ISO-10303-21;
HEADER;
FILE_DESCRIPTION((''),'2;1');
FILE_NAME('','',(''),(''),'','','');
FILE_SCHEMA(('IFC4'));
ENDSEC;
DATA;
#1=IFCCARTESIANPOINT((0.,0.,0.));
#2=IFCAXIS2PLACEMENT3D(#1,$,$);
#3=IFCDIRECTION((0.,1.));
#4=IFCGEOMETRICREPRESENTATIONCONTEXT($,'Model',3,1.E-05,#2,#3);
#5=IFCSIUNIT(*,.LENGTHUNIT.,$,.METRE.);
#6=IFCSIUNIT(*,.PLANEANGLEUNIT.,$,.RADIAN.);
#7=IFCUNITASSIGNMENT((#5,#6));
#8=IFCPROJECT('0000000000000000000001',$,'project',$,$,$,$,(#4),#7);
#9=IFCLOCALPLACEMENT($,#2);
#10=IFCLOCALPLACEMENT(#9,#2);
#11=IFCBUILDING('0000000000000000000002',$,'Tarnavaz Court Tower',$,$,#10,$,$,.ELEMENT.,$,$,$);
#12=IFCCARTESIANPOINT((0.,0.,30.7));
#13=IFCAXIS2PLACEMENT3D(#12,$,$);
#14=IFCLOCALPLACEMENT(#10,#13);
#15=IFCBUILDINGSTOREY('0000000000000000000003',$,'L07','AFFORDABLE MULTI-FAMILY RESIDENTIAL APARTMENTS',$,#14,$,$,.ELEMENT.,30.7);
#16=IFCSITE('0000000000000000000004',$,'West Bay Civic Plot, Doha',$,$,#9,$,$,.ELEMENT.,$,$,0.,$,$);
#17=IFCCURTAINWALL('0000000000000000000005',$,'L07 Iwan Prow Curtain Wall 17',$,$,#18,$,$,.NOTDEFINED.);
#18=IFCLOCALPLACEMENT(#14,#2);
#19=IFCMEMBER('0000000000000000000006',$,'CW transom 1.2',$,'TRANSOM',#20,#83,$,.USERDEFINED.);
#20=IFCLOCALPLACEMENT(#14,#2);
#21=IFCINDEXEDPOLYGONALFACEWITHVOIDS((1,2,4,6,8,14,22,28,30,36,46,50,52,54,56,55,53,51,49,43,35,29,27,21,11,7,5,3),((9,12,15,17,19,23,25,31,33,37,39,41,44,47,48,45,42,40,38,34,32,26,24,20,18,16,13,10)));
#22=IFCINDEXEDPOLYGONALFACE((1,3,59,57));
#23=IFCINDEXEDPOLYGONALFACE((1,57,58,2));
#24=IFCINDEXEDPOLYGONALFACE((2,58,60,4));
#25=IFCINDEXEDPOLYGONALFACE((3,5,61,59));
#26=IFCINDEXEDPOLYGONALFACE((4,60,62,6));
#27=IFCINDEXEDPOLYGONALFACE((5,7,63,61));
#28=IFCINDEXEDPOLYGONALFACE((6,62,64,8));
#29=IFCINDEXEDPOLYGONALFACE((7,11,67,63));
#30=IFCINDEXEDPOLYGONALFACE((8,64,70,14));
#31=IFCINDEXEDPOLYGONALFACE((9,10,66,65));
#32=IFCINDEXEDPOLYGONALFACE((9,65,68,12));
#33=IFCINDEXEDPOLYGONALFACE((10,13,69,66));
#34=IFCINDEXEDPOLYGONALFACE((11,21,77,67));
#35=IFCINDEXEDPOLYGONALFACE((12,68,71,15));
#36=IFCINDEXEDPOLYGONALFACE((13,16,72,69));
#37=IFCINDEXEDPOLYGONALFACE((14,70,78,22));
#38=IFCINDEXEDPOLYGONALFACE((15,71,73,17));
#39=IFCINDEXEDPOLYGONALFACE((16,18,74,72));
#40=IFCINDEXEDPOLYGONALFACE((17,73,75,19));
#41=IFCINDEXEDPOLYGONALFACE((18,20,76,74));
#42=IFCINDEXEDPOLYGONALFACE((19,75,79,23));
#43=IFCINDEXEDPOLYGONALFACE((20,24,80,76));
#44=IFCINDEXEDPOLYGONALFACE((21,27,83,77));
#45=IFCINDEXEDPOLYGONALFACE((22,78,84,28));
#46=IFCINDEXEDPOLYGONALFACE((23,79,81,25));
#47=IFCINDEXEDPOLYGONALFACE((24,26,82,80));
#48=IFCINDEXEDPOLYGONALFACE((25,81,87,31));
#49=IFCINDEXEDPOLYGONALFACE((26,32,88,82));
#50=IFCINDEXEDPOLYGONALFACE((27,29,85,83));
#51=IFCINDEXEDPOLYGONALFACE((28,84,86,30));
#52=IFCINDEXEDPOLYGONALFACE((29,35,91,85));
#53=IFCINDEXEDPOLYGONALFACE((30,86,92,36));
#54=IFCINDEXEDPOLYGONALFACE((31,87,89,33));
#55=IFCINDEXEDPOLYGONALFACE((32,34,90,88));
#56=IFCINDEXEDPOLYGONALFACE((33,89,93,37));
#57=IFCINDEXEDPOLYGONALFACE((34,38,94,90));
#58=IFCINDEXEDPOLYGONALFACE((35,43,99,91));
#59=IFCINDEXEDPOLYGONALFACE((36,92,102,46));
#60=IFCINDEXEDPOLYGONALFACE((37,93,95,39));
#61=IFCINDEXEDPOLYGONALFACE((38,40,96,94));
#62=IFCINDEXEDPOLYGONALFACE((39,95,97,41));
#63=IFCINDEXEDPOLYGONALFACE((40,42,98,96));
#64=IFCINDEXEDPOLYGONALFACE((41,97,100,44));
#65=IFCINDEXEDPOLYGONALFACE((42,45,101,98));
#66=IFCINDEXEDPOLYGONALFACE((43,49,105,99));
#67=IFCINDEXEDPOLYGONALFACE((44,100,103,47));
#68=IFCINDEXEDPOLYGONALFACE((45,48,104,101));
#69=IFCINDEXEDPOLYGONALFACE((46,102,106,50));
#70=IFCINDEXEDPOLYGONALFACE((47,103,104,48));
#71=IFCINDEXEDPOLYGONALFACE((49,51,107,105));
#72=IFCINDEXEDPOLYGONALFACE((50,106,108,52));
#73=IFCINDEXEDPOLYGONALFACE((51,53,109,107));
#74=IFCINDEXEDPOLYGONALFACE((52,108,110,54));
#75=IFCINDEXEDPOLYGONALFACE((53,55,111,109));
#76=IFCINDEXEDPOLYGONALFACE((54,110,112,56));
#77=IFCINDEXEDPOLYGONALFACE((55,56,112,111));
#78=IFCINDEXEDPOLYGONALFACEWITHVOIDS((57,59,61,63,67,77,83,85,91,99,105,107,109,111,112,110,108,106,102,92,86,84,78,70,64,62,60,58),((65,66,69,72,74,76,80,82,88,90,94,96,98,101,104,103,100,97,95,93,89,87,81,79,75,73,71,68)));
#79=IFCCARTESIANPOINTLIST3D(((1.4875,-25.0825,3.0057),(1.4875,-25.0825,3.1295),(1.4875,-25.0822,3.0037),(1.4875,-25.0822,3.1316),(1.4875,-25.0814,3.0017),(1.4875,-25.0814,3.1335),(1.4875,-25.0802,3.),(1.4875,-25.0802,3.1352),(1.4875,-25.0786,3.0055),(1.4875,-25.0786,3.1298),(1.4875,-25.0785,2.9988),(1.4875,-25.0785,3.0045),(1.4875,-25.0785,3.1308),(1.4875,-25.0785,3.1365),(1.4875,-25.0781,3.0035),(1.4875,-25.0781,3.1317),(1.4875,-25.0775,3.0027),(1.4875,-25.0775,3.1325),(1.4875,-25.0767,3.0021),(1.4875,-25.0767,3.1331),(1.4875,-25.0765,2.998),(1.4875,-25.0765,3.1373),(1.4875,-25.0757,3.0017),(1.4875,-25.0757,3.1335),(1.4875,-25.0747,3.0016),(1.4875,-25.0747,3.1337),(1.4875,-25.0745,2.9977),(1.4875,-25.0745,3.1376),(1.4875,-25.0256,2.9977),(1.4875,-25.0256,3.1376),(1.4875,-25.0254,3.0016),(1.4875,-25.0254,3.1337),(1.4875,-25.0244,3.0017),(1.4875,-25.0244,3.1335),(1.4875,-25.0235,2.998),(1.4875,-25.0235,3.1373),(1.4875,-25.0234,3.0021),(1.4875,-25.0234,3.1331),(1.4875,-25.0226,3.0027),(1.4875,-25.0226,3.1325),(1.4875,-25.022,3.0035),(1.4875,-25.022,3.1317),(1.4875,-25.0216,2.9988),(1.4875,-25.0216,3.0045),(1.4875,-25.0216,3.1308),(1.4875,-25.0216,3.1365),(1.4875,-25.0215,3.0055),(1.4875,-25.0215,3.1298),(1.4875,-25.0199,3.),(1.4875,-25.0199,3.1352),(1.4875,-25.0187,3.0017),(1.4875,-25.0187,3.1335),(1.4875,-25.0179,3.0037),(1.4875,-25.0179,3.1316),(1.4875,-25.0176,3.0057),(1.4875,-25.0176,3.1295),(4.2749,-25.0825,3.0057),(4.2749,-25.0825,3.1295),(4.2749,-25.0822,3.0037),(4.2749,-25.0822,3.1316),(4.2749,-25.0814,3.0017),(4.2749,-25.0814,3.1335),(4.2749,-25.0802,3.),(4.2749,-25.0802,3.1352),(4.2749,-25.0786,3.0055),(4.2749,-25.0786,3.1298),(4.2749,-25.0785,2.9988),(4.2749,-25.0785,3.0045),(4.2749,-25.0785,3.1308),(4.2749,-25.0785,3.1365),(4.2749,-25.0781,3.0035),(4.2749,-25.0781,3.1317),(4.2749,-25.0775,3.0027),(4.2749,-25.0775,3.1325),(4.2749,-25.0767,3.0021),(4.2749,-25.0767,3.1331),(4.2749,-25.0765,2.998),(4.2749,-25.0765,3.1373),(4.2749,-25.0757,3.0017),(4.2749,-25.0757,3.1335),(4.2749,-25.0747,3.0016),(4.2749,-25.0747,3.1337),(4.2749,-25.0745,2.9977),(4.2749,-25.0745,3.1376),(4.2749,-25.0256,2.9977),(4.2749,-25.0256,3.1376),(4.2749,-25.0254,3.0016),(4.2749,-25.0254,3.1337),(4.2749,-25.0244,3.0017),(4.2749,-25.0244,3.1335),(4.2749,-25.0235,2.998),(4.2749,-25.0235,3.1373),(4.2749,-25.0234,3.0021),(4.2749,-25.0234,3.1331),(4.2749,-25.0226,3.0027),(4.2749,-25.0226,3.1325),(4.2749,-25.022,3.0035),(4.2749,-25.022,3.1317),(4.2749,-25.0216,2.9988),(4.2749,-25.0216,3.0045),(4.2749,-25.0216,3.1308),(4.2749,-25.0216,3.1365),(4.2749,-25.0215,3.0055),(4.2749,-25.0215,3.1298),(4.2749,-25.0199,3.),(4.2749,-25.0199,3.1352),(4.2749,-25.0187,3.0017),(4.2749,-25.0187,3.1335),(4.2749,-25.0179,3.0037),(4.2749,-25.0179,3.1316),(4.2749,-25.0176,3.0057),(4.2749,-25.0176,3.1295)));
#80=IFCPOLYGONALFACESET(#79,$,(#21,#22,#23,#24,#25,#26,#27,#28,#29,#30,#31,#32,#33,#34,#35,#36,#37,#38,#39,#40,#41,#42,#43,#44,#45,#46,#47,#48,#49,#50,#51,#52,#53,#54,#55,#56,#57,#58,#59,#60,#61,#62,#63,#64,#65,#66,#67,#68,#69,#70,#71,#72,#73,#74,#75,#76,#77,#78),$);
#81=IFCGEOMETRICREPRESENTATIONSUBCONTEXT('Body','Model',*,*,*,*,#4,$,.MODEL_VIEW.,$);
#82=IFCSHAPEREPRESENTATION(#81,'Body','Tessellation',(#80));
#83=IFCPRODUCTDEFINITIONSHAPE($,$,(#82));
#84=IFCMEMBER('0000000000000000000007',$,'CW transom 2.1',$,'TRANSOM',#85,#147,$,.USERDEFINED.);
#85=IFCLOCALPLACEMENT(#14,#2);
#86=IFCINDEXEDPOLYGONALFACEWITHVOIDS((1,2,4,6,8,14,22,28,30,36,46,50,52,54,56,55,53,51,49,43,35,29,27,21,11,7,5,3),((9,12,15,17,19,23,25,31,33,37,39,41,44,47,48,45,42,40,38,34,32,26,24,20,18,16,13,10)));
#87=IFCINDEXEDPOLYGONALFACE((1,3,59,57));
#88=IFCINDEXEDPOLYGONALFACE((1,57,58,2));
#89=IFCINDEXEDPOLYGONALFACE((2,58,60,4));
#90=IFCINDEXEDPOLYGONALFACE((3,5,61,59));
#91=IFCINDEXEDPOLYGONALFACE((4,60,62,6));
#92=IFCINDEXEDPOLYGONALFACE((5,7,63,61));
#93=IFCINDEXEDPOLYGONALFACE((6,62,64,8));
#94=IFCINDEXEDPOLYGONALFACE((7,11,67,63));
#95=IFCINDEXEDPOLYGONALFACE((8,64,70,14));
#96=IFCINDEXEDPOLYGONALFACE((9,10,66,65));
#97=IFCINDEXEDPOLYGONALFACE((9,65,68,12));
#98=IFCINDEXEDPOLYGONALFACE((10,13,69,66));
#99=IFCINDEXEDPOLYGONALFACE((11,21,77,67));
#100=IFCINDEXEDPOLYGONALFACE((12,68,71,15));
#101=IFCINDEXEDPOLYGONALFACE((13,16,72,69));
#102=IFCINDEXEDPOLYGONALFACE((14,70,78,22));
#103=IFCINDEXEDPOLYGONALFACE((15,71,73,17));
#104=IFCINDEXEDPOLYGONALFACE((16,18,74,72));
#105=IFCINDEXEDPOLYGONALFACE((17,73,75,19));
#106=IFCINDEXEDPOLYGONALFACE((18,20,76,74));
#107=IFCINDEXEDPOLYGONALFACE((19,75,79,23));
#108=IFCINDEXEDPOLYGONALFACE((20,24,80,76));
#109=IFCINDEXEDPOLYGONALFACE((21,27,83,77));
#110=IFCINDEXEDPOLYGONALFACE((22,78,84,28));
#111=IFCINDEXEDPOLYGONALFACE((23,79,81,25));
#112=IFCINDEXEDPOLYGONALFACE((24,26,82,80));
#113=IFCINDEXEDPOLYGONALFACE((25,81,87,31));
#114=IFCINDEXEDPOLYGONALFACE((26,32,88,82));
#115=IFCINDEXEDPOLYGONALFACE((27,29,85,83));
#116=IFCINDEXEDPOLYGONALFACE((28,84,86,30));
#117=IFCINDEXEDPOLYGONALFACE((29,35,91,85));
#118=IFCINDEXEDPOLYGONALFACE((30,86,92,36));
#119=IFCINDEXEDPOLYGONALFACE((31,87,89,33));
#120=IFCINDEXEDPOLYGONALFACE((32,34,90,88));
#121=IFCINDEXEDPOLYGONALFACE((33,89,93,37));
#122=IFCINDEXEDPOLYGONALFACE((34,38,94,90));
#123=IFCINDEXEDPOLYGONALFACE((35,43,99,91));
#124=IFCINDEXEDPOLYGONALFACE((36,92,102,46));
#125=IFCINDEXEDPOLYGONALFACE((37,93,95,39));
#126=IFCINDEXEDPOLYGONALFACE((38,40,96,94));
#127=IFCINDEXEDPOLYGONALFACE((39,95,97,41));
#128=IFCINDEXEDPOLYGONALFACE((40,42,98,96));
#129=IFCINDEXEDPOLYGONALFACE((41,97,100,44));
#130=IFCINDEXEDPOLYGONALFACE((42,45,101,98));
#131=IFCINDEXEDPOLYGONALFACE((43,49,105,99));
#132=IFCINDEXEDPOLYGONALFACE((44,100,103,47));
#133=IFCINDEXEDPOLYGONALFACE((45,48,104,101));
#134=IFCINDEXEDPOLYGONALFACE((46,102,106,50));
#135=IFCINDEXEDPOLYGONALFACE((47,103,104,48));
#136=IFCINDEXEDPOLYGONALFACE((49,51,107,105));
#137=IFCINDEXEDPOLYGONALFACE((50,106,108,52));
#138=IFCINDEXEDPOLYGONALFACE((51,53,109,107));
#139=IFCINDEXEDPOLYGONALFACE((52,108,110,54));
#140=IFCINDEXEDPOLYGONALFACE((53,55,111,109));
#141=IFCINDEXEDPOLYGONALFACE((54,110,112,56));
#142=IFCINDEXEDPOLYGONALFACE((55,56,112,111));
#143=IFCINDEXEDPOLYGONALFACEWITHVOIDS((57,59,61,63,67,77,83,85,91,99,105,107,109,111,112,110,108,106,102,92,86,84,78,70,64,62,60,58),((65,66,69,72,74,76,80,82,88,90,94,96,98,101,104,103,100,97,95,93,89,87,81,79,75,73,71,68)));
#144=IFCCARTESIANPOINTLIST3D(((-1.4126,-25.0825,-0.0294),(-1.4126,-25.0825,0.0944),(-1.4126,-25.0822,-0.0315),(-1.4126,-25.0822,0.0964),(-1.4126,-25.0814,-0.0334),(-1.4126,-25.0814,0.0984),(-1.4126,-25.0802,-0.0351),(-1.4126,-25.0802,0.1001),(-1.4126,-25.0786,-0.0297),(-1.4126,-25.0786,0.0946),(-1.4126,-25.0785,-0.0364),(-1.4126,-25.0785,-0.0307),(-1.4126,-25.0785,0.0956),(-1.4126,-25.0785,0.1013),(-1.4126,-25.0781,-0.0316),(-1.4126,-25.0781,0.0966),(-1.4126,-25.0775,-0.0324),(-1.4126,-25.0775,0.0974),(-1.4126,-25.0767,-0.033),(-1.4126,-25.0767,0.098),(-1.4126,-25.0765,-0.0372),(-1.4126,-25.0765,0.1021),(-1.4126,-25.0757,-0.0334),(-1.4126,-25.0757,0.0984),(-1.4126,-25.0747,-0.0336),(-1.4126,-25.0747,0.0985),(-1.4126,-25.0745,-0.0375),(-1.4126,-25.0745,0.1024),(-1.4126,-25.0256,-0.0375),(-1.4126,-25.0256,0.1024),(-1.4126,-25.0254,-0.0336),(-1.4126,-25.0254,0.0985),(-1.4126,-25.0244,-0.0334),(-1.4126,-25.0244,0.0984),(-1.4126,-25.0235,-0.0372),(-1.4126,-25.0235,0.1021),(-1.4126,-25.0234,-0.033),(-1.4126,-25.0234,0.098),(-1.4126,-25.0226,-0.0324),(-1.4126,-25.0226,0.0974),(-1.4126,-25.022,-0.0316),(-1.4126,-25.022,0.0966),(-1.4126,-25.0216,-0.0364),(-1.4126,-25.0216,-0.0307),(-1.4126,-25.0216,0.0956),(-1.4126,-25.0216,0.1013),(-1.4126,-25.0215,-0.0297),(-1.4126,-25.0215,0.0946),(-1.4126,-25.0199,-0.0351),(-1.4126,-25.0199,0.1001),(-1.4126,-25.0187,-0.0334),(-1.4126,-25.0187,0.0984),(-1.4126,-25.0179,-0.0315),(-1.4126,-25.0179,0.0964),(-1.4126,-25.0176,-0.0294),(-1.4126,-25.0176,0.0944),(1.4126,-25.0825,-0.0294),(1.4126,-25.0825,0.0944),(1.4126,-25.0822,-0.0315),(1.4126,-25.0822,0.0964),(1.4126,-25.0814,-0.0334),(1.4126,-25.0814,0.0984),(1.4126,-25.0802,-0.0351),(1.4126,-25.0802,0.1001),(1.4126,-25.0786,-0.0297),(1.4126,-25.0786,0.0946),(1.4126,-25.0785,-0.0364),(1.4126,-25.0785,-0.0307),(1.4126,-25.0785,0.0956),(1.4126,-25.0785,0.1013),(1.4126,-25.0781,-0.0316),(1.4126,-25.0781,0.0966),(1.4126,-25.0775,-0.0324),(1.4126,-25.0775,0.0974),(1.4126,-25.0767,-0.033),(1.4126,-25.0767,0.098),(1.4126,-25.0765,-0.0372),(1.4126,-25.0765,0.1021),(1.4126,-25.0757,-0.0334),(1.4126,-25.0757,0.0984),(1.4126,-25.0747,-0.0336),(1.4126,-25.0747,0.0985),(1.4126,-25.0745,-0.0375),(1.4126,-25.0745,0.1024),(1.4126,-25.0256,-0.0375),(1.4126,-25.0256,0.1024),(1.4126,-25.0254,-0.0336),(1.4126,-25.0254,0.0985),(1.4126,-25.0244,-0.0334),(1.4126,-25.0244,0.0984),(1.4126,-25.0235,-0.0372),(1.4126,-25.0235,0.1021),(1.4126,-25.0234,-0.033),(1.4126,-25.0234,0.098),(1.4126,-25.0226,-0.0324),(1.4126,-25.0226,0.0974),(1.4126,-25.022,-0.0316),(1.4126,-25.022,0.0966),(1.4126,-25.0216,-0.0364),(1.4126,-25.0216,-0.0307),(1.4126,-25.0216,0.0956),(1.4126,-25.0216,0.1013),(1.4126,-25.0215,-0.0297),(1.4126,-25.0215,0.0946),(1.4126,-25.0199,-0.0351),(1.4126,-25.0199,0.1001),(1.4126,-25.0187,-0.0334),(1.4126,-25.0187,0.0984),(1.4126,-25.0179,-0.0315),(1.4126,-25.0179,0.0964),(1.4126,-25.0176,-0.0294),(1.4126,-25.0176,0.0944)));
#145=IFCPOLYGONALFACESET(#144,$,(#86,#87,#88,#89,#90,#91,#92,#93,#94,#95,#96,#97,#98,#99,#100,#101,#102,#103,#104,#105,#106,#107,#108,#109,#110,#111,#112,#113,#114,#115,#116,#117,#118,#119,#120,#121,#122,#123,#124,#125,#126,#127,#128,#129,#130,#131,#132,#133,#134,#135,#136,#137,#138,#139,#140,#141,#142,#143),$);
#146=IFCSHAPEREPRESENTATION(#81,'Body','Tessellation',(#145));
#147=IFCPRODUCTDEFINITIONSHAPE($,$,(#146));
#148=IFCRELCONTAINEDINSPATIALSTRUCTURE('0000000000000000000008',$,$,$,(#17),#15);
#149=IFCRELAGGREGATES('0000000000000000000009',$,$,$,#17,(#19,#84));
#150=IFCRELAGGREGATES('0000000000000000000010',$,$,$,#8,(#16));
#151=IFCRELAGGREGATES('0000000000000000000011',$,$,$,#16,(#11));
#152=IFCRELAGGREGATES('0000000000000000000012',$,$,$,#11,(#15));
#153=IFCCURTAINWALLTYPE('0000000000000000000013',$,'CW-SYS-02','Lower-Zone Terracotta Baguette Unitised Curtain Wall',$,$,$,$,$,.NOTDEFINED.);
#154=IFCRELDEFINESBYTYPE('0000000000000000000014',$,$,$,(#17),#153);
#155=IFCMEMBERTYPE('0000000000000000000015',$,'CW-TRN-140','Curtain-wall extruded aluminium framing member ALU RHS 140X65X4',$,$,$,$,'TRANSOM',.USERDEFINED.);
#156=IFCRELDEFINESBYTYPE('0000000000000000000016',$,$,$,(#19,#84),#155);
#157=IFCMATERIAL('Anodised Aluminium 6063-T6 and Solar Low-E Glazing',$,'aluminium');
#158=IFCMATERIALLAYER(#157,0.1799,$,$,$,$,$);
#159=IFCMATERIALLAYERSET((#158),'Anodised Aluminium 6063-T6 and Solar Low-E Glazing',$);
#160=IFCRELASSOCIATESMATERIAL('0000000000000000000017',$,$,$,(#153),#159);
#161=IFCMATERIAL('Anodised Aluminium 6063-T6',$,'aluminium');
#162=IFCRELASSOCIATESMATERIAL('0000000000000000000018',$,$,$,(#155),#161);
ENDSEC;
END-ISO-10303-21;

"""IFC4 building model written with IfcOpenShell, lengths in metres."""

from ifc_helpers import new_model, si_unit, direction, frame, origin, origin_2d, place, context, subcontext, project, spatial, hollow_rectangle, extrude, material, layer, layer_set, material_profile, profile_set, type_object, element, aggregate, save


model = new_model("IFC4")

# Units and contexts
model_context = context("Model", 3, precision=1e-05, world=origin(), true_north=direction((0.0, 1.0)))
body_context = subcontext(model_context, "Body", "Model", "MODEL_VIEW")
ifc_project = project(units=[si_unit("LENGTHUNIT", "METRE"), si_unit("PLANEANGLEUNIT", "RADIAN")], contexts=[model_context])

# Site, building, storey
site_placement = place(None, origin())
site = spatial("IfcSite", under=ifc_project, at=site_placement, Name="West Bay Civic Plot, Doha", CompositionType="ELEMENT", RefElevation=0.0)
building_placement = place(site_placement, origin())
building = spatial("IfcBuilding", under=site, at=building_placement, Name="Tarnavaz Court Tower", CompositionType="ELEMENT")
storey_placement = place(building_placement, frame((0.0, 0.0, 30.7)))
storey = spatial("IfcBuildingStorey", under=building, at=storey_placement, Name="L07", Description="AFFORDABLE MULTI-FAMILY RESIDENTIAL APARTMENTS", CompositionType="ELEMENT", Elevation=30.7)

# Curtain wall, members
ifc_material_1 = material(Name="Anodised Aluminium 6063-T6 and Solar Low-E Glazing", Category="aluminium")
ifc_layer_1 = layer(ifc_material_1, 0.1799)
ifc_layer_set_1 = layer_set([ifc_layer_1], Name="Anodised Aluminium 6063-T6 and Solar Low-E Glazing")
curtain_wall_type = type_object("IfcCurtainWallType", Name="CW-SYS-02", Description="Lower-Zone Terracotta Baguette Unitised Curtain Wall", PredefinedType="NOTDEFINED", material=ifc_layer_set_1)
curtain_wall_placement = place(storey_placement, origin())
curtain_wall = element("IfcCurtainWall", 1, at=curtain_wall_placement, inside=storey, type_object=curtain_wall_type, Name="L07 Iwan Prow Curtain Wall 17", PredefinedType="NOTDEFINED")
ifc_material_2 = material(Name="Anodised Aluminium 6063-T6", Category="aluminium")
ifc_material_profile_1 = material_profile(ifc_material_2, hollow_rectangle(XDim=0.0649, YDim=0.1399, WallThickness=0.0039, InnerFilletRadius=0.0039, OuterFilletRadius=0.0081, at=origin_2d()), Name="ALU RHS 140X65X4")
ifc_profile_set_1 = profile_set([ifc_material_profile_1], Name="Anodised Aluminium 6063-T6")
member_type_1 = type_object("IfcMemberType", Name="CW-TRN-140", Description="Curtain-wall extruded aluminium framing member ALU RHS 140X65X4", ElementType="TRANSOM", PredefinedType="USERDEFINED", material=ifc_profile_set_1)
member_1_placement = place(storey_placement, frame((4.2749, -25.05, 3.0676), z_axis=(-1.0, 0.0, 0.0), x_axis=(0.0, -1.0, 0.0)))
member_1 = element("IfcMember", 2, at=member_1_placement, type_object=member_type_1, Name="CW transom 1.2", ObjectType="TRANSOM", PredefinedType="USERDEFINED", context=body_context, shape_type="SweptSolid", body=[
    extrude(hollow_rectangle(XDim=0.0649, YDim=0.1399, WallThickness=0.0039, InnerFilletRadius=0.0039, OuterFilletRadius=0.0081, at=origin_2d()), origin(), (0.0, 0.0, 1.0), 2.7874),
])
member_2_placement = place(storey_placement, frame((1.4126, -25.05, 0.0325), z_axis=(-1.0, 0.0, 0.0), x_axis=(0.0, -1.0, 0.0)))
member_2 = element("IfcMember", 3, at=member_2_placement, type_object=member_type_1, Name="CW transom 2.1", ObjectType="TRANSOM", PredefinedType="USERDEFINED", context=body_context, shape_type="SweptSolid", body=[
    extrude(hollow_rectangle(XDim=0.0649, YDim=0.1399, WallThickness=0.0039, InnerFilletRadius=0.0039, OuterFilletRadius=0.0081, at=origin_2d()), origin(), (0.0, 0.0, 1.0), 2.8252),
])
aggregate(curtain_wall, [member_1, member_2])

save(model, "model.ifc")
